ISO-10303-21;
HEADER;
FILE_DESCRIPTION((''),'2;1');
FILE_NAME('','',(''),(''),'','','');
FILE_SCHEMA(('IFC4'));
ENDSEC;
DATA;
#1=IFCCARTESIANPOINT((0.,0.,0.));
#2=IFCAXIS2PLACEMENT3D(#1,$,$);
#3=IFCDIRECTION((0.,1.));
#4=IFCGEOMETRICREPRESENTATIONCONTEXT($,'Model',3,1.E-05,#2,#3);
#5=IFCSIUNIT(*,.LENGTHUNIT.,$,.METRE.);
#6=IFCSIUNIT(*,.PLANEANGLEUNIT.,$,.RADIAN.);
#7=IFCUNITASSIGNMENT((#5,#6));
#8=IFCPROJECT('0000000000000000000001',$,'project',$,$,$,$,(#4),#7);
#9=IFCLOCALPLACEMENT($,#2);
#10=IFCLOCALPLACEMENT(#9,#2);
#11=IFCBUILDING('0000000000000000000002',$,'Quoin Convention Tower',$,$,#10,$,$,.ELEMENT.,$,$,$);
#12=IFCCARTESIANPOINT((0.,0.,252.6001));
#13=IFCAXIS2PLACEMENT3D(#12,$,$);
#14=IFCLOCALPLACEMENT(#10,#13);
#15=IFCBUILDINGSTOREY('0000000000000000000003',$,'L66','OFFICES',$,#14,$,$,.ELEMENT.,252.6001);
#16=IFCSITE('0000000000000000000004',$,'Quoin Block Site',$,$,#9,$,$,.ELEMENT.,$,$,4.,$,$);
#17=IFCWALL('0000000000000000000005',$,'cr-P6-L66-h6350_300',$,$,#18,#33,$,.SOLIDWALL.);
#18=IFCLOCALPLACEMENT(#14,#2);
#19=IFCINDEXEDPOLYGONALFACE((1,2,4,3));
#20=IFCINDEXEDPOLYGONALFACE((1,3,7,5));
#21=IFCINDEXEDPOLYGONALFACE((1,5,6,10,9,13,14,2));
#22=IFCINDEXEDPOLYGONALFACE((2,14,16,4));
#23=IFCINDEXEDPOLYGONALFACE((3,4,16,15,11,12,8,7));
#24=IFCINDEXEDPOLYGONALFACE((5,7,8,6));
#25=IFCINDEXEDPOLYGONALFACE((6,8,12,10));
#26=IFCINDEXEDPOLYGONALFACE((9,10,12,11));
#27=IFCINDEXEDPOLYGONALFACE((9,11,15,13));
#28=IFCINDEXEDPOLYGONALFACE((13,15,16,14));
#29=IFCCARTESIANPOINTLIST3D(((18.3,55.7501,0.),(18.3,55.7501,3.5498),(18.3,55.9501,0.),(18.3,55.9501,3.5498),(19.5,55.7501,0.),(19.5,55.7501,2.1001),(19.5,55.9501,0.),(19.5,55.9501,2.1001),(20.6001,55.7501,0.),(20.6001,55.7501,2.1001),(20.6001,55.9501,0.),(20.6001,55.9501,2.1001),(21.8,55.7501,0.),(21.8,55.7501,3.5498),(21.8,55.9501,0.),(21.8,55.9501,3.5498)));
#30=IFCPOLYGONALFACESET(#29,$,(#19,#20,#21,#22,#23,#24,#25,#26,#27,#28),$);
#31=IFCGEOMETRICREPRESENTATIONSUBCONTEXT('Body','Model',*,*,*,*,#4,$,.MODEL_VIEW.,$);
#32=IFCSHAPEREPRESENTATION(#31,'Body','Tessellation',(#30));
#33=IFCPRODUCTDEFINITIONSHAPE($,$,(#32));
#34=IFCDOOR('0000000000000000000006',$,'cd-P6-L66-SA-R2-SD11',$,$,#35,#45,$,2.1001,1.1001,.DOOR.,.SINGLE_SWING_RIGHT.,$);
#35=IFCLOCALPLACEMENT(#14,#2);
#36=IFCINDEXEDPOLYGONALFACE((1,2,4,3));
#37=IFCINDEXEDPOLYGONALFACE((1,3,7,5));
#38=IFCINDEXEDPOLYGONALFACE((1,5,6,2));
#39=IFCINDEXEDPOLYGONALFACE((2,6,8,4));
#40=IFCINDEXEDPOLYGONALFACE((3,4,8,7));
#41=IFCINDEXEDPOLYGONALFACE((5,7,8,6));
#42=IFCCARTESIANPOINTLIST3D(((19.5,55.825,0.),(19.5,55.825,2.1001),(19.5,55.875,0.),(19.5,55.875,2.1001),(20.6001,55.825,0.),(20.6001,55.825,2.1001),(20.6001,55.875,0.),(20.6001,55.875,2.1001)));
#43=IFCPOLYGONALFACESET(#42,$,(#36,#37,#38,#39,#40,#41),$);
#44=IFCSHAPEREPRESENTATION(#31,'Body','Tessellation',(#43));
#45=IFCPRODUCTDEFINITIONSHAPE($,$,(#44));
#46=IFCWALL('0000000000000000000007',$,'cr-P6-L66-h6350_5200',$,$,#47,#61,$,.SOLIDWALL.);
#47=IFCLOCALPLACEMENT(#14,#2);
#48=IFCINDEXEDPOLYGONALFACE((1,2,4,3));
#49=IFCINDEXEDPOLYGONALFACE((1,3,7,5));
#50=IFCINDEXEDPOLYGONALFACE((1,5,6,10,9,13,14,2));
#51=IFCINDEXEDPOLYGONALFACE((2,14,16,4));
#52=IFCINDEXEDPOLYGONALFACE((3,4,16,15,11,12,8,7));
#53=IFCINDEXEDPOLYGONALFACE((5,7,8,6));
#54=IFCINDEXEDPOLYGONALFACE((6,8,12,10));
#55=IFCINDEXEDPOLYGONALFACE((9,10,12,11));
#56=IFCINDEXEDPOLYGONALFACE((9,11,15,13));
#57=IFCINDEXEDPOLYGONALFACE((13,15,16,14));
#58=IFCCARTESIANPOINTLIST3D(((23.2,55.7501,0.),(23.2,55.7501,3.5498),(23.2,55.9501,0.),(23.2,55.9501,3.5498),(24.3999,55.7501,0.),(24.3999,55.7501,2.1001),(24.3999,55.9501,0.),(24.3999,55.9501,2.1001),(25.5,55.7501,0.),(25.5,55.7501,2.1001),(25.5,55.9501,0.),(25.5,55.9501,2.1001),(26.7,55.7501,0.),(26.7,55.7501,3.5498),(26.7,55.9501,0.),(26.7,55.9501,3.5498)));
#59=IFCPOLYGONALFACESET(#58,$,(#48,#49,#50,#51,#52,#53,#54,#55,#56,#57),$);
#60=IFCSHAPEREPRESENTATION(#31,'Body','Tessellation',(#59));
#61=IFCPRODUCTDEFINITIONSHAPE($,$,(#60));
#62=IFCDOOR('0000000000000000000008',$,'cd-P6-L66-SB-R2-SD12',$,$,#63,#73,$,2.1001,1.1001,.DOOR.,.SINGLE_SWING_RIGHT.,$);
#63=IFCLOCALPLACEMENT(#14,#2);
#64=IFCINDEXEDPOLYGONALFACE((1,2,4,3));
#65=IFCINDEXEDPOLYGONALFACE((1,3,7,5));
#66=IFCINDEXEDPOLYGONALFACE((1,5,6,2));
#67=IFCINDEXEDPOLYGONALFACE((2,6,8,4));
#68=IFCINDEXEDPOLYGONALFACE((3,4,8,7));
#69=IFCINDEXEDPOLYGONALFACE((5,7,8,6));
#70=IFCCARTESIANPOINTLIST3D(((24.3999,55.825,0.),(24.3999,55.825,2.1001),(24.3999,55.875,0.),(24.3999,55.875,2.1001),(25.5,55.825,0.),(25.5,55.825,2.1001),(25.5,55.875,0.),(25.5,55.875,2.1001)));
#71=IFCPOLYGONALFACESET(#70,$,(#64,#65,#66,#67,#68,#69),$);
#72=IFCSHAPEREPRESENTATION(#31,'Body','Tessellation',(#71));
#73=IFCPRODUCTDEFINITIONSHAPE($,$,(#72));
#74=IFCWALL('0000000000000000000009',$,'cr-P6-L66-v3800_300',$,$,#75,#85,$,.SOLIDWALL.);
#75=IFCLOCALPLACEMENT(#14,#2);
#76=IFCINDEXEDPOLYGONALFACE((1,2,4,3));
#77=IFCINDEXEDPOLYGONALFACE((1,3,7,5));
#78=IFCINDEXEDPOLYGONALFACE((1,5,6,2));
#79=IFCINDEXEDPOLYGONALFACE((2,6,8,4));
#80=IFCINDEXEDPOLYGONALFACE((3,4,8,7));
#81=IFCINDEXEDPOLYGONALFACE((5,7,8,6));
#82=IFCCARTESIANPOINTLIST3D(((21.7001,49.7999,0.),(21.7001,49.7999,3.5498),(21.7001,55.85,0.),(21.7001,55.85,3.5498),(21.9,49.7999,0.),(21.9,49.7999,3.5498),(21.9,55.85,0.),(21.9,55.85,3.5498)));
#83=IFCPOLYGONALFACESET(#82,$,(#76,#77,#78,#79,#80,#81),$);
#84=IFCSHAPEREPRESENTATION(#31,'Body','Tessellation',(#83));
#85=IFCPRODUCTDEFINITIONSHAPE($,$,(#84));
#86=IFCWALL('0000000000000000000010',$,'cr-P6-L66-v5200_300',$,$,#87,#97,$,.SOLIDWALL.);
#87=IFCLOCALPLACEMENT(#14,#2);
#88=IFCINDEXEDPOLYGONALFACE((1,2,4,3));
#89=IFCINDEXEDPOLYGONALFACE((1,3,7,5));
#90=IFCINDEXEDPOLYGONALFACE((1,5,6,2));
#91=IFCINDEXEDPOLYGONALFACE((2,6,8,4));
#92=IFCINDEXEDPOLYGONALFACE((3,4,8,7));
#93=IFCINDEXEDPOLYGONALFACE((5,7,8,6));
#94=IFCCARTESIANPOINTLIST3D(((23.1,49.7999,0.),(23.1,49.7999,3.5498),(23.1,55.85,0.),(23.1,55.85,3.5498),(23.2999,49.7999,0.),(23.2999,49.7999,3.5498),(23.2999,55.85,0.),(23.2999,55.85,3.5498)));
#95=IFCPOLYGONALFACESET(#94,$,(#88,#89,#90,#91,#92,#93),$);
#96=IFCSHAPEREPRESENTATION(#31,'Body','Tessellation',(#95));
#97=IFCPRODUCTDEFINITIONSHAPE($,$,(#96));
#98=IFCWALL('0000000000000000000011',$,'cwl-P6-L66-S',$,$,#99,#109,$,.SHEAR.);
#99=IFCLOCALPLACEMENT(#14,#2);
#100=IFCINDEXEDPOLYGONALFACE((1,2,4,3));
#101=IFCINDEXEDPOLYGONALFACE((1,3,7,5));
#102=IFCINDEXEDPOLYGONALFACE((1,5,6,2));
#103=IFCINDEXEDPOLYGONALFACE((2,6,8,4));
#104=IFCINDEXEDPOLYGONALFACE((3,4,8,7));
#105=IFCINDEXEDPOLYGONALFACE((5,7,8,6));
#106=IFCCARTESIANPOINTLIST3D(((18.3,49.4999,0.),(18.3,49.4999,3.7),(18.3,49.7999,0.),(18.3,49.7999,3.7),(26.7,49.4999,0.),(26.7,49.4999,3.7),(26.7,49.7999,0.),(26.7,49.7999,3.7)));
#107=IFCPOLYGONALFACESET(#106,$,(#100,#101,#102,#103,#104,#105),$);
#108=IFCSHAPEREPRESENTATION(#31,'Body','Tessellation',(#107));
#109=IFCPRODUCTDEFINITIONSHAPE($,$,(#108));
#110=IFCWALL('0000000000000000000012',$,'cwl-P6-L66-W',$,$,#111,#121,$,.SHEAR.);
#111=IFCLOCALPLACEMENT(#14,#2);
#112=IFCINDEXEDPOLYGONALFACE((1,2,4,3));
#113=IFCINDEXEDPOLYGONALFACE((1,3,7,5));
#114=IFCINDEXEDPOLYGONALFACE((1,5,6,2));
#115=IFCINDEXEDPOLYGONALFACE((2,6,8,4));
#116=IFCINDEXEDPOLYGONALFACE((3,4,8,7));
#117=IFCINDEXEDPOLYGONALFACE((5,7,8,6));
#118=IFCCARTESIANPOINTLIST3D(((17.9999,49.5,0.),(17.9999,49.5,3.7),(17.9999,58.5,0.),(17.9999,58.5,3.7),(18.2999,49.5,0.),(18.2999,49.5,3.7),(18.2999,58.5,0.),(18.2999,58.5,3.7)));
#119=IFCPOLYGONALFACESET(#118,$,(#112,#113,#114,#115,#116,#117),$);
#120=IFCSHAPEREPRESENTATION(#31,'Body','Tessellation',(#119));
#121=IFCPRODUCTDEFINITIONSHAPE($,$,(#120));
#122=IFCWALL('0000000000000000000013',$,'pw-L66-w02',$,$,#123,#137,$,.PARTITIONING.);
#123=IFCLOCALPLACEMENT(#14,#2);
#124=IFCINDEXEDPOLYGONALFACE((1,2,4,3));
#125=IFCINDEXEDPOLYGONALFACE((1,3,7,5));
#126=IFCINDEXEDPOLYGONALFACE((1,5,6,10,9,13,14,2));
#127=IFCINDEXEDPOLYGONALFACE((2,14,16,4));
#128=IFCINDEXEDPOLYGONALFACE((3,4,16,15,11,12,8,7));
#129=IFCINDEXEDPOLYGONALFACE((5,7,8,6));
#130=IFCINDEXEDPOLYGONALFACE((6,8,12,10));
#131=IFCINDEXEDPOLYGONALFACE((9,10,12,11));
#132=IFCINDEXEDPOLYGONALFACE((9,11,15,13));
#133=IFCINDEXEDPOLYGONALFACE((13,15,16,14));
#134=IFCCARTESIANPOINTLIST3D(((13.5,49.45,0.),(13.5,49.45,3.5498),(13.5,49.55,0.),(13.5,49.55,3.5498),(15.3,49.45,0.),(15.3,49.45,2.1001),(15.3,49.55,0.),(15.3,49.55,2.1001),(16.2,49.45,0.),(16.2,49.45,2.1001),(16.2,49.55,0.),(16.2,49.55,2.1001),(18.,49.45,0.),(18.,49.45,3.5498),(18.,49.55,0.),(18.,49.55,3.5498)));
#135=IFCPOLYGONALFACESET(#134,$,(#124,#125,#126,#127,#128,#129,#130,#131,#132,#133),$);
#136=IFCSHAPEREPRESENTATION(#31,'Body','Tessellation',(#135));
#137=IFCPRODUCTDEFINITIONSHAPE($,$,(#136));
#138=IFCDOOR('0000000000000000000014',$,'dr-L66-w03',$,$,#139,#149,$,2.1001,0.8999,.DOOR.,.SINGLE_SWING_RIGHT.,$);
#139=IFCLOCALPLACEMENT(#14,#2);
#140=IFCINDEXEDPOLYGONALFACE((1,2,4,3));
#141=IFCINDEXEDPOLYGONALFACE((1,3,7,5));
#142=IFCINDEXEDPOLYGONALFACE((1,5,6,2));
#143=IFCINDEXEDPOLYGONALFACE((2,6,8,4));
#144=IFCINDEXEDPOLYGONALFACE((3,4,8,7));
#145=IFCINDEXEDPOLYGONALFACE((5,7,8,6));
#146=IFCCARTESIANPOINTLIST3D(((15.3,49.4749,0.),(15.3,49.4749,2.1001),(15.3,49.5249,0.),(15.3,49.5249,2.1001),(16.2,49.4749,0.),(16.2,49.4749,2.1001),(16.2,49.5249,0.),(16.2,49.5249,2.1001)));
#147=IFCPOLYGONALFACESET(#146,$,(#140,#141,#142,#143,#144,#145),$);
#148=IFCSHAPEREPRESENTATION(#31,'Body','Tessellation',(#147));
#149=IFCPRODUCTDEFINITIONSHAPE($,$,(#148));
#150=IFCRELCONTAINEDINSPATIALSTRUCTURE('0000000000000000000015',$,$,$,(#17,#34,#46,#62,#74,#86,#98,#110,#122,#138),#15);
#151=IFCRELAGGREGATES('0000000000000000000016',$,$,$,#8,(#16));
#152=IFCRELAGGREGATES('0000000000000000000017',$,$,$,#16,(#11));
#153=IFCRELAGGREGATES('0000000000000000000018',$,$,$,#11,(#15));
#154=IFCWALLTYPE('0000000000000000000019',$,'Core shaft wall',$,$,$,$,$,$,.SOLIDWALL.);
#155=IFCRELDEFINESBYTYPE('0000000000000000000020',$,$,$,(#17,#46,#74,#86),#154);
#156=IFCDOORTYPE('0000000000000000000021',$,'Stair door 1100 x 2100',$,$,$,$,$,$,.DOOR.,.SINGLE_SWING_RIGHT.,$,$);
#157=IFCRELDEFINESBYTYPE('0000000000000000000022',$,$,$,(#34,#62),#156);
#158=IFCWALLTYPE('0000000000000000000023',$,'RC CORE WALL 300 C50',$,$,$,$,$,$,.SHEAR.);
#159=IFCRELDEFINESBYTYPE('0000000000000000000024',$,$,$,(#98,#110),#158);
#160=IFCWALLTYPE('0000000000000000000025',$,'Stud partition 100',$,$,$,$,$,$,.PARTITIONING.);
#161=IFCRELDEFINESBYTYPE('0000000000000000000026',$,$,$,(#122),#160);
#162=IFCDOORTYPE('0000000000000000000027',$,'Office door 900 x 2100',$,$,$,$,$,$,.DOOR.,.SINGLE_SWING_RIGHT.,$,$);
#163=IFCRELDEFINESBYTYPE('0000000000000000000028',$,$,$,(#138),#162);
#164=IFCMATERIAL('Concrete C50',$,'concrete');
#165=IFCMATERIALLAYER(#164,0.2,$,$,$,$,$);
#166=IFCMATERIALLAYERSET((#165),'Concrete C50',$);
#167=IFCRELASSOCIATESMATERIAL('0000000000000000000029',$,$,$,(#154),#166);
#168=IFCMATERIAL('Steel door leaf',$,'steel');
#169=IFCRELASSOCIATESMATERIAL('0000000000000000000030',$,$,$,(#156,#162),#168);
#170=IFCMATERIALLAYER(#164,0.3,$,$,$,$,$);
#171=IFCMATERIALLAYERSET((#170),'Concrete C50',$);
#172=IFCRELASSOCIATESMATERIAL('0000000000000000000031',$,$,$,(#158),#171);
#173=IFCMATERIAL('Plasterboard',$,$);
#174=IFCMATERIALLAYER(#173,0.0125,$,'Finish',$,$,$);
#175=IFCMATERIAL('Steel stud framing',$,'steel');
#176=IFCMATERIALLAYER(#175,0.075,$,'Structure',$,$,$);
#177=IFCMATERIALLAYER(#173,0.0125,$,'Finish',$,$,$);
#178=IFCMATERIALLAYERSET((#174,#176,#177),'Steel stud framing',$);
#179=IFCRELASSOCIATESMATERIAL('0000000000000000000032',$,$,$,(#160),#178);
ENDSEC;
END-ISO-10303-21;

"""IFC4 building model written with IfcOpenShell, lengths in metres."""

from ifc_helpers import new_model, si_unit, direction, frame, frame_2d, origin, place, context, subcontext, project, spatial, rectangle, extrude, material, layer, layer_set, type_object, element, fill, save


model = new_model("IFC4")

# Units and contexts
model_context = context("Model", 3, precision=1e-05, world=origin(), true_north=direction((0.0, 1.0)))
body_context = subcontext(model_context, "Body", "Model", "MODEL_VIEW")
ifc_project = project(units=[si_unit("LENGTHUNIT", "METRE"), si_unit("PLANEANGLEUNIT", "RADIAN")], contexts=[model_context])

# Site, building, storey
site_placement = place(None, origin())
site = spatial("IfcSite", under=ifc_project, at=site_placement, Name="Quoin Block Site", CompositionType="ELEMENT", RefElevation=4.0)
building_placement = place(site_placement, origin())
building = spatial("IfcBuilding", under=site, at=building_placement, Name="Quoin Convention Tower", CompositionType="ELEMENT")
storey_placement = place(building_placement, frame((0.0, 0.0, 252.6001)))
storey = spatial("IfcBuildingStorey", under=building, at=storey_placement, Name="L66", Description="OFFICES", CompositionType="ELEMENT", Elevation=252.6001)

# Shared definitions
ifc_material_1 = material(Name="Concrete C50", Category="concrete")

# Shared definitions
ifc_layer_1 = layer(ifc_material_1, 0.2)
ifc_layer_set_1 = layer_set([ifc_layer_1], Name="Concrete C50")
wall_type_1 = type_object("IfcWallType", Name="Core shaft wall", PredefinedType="SOLIDWALL", material=ifc_layer_set_1)

# Walls, openings, doors
wall_1_placement = place(storey_placement, frame((18.3, 55.8501, 0.0), z_axis=(0.0, 0.0, 1.0), x_axis=(1.0, 0.0, 0.0)))
wall_1 = element("IfcWall", 1, at=wall_1_placement, inside=storey, type_object=wall_type_1, Name="cr-P6-L66-h6350_300", PredefinedType="SOLIDWALL", context=body_context, shape_type="SweptSolid", body=[
    extrude(rectangle(XDim=3.5, YDim=0.2, at=frame_2d((1.75, 0.0))), origin(), (0.0, 0.0, 1.0), 3.5498),
])
opening_1_placement = place(wall_1_placement, frame((1.2, 0.0, 0.0)))
opening_1 = element("IfcOpeningElement", 2, at=opening_1_placement, cuts=wall_1, PredefinedType="OPENING", context=body_context, shape_type="SweptSolid", body=[
    extrude(rectangle(XDim=1.1001, YDim=2.1001, at=frame_2d((0.55, 1.05))), frame((0.0, 0.1099, 0.0), z_axis=(0.0, -1.0, 0.0), x_axis=(1.0, 0.0, 0.0)), (0.0, 0.0, 1.0), 0.22),
])
ifc_material_2 = material(Name="Steel door leaf", Category="steel")
door_type_1 = type_object("IfcDoorType", Name="Stair door 1100 x 2100", OperationType="SINGLE_SWING_RIGHT", PredefinedType="DOOR", material=ifc_material_2)
door_1_placement = place(opening_1_placement, origin())
door_1 = element("IfcDoor", 3, at=door_1_placement, inside=storey, type_object=door_type_1, Name="cd-P6-L66-SA-R2-SD11", OperationType="SINGLE_SWING_RIGHT", OverallHeight=2.1001, OverallWidth=1.1001, PredefinedType="DOOR", context=body_context, shape_type="SweptSolid", body=[
    extrude(rectangle(XDim=1.1001, YDim=2.1001, at=frame_2d((0.55, 1.05))), frame((0.0, 0.0249, 0.0), z_axis=(0.0, -1.0, 0.0), x_axis=(1.0, 0.0, 0.0)), (0.0, 0.0, 1.0), 0.05),
])
fill(opening_1, door_1)
wall_2_placement = place(storey_placement, frame((23.2, 55.8501, 0.0), z_axis=(0.0, 0.0, 1.0), x_axis=(1.0, 0.0, 0.0)))
wall_2 = element("IfcWall", 4, at=wall_2_placement, inside=storey, type_object=wall_type_1, Name="cr-P6-L66-h6350_5200", PredefinedType="SOLIDWALL", context=body_context, shape_type="SweptSolid", body=[
    extrude(rectangle(XDim=3.5, YDim=0.2, at=frame_2d((1.75, 0.0))), origin(), (0.0, 0.0, 1.0), 3.5498),
])
opening_2_placement = place(wall_2_placement, frame((1.2, 0.0, 0.0)))
opening_2 = element("IfcOpeningElement", 5, at=opening_2_placement, cuts=wall_2, PredefinedType="OPENING", context=body_context, shape_type="SweptSolid", body=[
    extrude(rectangle(XDim=1.1001, YDim=2.1001, at=frame_2d((0.55, 1.05))), frame((0.0, 0.1099, 0.0), z_axis=(0.0, -1.0, 0.0), x_axis=(1.0, 0.0, 0.0)), (0.0, 0.0, 1.0), 0.22),
])
door_2_placement = place(opening_2_placement, origin())
door_2 = element("IfcDoor", 6, at=door_2_placement, inside=storey, type_object=door_type_1, Name="cd-P6-L66-SB-R2-SD12", OperationType="SINGLE_SWING_RIGHT", OverallHeight=2.1001, OverallWidth=1.1001, PredefinedType="DOOR", context=body_context, shape_type="SweptSolid", body=[
    extrude(rectangle(XDim=1.1001, YDim=2.1001, at=frame_2d((0.55, 1.05))), frame((0.0, 0.0249, 0.0), z_axis=(0.0, -1.0, 0.0), x_axis=(1.0, 0.0, 0.0)), (0.0, 0.0, 1.0), 0.05),
])
fill(opening_2, door_2)

# Walls
for number, where, z_axis, x_axis, name in (
    (7, (21.8, 49.8, 0.0), (0.0, 0.0, 1.0), (0.0, 1.0, 0.0), "cr-P6-L66-v3800_300"),
    (8, (23.2, 49.8, 0.0), (0.0, 0.0, 1.0), (0.0, 1.0, 0.0), "cr-P6-L66-v5200_300"),
):
    element("IfcWall", number, at=place(storey_placement, frame(where, z_axis=z_axis, x_axis=x_axis)), inside=storey, type_object=wall_type_1, Name=name, PredefinedType="SOLIDWALL", context=body_context, shape_type="SweptSolid", body=[
        extrude(rectangle(XDim=6.05, YDim=0.2, at=frame_2d((3.0249, 0.0))), origin(), (0.0, 0.0, 1.0), 3.5498),
    ])
ifc_layer_2 = layer(ifc_material_1, 0.3)
ifc_layer_set_2 = layer_set([ifc_layer_2], Name="Concrete C50")
wall_type_2 = type_object("IfcWallType", Name="RC CORE WALL 300 C50", PredefinedType="SHEAR", material=ifc_layer_set_2)
wall_3_placement = place(storey_placement, frame((18.3, 49.6499, 0.0), z_axis=(0.0, 0.0, 1.0), x_axis=(1.0, 0.0, 0.0)))
element("IfcWall", 9, at=wall_3_placement, inside=storey, type_object=wall_type_2, Name="cwl-P6-L66-S", PredefinedType="SHEAR", context=body_context, shape_type="SweptSolid", body=[
    extrude(rectangle(XDim=8.3999, YDim=0.3, at=frame_2d((4.2, 0.0))), origin(), (0.0, 0.0, 1.0), 3.7),
])
wall_4_placement = place(storey_placement, frame((18.1499, 49.5, 0.0), z_axis=(0.0, 0.0, 1.0), x_axis=(0.0, 1.0, 0.0)))
element("IfcWall", 10, at=wall_4_placement, inside=storey, type_object=wall_type_2, Name="cwl-P6-L66-W", PredefinedType="SHEAR", context=body_context, shape_type="SweptSolid", body=[
    extrude(rectangle(XDim=9.0, YDim=0.3, at=frame_2d((4.5, 0.0))), origin(), (0.0, 0.0, 1.0), 3.7),
])

# Wall, opening, door
ifc_material_3 = material(Name="Plasterboard")
ifc_layer_3 = layer(ifc_material_3, 0.0125, Name="Finish")
ifc_material_4 = material(Name="Steel stud framing", Category="steel")
ifc_layer_4 = layer(ifc_material_4, 0.075, Name="Structure")
ifc_layer_5 = layer(ifc_material_3, 0.0125, Name="Finish")
ifc_layer_set_3 = layer_set([ifc_layer_3, ifc_layer_4, ifc_layer_5], Name="Steel stud framing")
wall_type_3 = type_object("IfcWallType", Name="Stud partition 100", PredefinedType="PARTITIONING", material=ifc_layer_set_3)
wall_5_placement = place(storey_placement, frame((13.5, 49.5, 0.0), z_axis=(0.0, 0.0, 1.0), x_axis=(1.0, 0.0, 0.0)))
wall_5 = element("IfcWall", 11, at=wall_5_placement, inside=storey, type_object=wall_type_3, Name="pw-L66-w02", PredefinedType="PARTITIONING", context=body_context, shape_type="SweptSolid", body=[
    extrude(rectangle(XDim=4.5, YDim=0.1001, at=frame_2d((2.25, 0.0))), origin(), (0.0, 0.0, 1.0), 3.5498),
])
opening_3_placement = place(wall_5_placement, frame((1.8, 0.0, 0.0)))
opening_3 = element("IfcOpeningElement", 12, at=opening_3_placement, cuts=wall_5, PredefinedType="OPENING", context=body_context, shape_type="SweptSolid", body=[
    extrude(rectangle(XDim=0.8999, YDim=2.1001, at=frame_2d((0.45, 1.05))), frame((0.0, 0.0601, 0.0), z_axis=(0.0, -1.0, 0.0), x_axis=(1.0, 0.0, 0.0)), (0.0, 0.0, 1.0), 0.1201),
])
door_type_2 = type_object("IfcDoorType", Name="Office door 900 x 2100", OperationType="SINGLE_SWING_RIGHT", PredefinedType="DOOR", material=ifc_material_2)
door_3_placement = place(opening_3_placement, origin())
door_3 = element("IfcDoor", 13, at=door_3_placement, inside=storey, type_object=door_type_2, Name="dr-L66-w03", OperationType="SINGLE_SWING_RIGHT", OverallHeight=2.1001, OverallWidth=0.8999, PredefinedType="DOOR", context=body_context, shape_type="SweptSolid", body=[
    extrude(rectangle(XDim=0.8999, YDim=2.1001, at=frame_2d((0.45, 1.05))), frame((0.0, 0.0249, 0.0), z_axis=(0.0, -1.0, 0.0), x_axis=(1.0, 0.0, 0.0)), (0.0, 0.0, 1.0), 0.05),
])
fill(opening_3, door_3)

save(model, "model.ifc")
